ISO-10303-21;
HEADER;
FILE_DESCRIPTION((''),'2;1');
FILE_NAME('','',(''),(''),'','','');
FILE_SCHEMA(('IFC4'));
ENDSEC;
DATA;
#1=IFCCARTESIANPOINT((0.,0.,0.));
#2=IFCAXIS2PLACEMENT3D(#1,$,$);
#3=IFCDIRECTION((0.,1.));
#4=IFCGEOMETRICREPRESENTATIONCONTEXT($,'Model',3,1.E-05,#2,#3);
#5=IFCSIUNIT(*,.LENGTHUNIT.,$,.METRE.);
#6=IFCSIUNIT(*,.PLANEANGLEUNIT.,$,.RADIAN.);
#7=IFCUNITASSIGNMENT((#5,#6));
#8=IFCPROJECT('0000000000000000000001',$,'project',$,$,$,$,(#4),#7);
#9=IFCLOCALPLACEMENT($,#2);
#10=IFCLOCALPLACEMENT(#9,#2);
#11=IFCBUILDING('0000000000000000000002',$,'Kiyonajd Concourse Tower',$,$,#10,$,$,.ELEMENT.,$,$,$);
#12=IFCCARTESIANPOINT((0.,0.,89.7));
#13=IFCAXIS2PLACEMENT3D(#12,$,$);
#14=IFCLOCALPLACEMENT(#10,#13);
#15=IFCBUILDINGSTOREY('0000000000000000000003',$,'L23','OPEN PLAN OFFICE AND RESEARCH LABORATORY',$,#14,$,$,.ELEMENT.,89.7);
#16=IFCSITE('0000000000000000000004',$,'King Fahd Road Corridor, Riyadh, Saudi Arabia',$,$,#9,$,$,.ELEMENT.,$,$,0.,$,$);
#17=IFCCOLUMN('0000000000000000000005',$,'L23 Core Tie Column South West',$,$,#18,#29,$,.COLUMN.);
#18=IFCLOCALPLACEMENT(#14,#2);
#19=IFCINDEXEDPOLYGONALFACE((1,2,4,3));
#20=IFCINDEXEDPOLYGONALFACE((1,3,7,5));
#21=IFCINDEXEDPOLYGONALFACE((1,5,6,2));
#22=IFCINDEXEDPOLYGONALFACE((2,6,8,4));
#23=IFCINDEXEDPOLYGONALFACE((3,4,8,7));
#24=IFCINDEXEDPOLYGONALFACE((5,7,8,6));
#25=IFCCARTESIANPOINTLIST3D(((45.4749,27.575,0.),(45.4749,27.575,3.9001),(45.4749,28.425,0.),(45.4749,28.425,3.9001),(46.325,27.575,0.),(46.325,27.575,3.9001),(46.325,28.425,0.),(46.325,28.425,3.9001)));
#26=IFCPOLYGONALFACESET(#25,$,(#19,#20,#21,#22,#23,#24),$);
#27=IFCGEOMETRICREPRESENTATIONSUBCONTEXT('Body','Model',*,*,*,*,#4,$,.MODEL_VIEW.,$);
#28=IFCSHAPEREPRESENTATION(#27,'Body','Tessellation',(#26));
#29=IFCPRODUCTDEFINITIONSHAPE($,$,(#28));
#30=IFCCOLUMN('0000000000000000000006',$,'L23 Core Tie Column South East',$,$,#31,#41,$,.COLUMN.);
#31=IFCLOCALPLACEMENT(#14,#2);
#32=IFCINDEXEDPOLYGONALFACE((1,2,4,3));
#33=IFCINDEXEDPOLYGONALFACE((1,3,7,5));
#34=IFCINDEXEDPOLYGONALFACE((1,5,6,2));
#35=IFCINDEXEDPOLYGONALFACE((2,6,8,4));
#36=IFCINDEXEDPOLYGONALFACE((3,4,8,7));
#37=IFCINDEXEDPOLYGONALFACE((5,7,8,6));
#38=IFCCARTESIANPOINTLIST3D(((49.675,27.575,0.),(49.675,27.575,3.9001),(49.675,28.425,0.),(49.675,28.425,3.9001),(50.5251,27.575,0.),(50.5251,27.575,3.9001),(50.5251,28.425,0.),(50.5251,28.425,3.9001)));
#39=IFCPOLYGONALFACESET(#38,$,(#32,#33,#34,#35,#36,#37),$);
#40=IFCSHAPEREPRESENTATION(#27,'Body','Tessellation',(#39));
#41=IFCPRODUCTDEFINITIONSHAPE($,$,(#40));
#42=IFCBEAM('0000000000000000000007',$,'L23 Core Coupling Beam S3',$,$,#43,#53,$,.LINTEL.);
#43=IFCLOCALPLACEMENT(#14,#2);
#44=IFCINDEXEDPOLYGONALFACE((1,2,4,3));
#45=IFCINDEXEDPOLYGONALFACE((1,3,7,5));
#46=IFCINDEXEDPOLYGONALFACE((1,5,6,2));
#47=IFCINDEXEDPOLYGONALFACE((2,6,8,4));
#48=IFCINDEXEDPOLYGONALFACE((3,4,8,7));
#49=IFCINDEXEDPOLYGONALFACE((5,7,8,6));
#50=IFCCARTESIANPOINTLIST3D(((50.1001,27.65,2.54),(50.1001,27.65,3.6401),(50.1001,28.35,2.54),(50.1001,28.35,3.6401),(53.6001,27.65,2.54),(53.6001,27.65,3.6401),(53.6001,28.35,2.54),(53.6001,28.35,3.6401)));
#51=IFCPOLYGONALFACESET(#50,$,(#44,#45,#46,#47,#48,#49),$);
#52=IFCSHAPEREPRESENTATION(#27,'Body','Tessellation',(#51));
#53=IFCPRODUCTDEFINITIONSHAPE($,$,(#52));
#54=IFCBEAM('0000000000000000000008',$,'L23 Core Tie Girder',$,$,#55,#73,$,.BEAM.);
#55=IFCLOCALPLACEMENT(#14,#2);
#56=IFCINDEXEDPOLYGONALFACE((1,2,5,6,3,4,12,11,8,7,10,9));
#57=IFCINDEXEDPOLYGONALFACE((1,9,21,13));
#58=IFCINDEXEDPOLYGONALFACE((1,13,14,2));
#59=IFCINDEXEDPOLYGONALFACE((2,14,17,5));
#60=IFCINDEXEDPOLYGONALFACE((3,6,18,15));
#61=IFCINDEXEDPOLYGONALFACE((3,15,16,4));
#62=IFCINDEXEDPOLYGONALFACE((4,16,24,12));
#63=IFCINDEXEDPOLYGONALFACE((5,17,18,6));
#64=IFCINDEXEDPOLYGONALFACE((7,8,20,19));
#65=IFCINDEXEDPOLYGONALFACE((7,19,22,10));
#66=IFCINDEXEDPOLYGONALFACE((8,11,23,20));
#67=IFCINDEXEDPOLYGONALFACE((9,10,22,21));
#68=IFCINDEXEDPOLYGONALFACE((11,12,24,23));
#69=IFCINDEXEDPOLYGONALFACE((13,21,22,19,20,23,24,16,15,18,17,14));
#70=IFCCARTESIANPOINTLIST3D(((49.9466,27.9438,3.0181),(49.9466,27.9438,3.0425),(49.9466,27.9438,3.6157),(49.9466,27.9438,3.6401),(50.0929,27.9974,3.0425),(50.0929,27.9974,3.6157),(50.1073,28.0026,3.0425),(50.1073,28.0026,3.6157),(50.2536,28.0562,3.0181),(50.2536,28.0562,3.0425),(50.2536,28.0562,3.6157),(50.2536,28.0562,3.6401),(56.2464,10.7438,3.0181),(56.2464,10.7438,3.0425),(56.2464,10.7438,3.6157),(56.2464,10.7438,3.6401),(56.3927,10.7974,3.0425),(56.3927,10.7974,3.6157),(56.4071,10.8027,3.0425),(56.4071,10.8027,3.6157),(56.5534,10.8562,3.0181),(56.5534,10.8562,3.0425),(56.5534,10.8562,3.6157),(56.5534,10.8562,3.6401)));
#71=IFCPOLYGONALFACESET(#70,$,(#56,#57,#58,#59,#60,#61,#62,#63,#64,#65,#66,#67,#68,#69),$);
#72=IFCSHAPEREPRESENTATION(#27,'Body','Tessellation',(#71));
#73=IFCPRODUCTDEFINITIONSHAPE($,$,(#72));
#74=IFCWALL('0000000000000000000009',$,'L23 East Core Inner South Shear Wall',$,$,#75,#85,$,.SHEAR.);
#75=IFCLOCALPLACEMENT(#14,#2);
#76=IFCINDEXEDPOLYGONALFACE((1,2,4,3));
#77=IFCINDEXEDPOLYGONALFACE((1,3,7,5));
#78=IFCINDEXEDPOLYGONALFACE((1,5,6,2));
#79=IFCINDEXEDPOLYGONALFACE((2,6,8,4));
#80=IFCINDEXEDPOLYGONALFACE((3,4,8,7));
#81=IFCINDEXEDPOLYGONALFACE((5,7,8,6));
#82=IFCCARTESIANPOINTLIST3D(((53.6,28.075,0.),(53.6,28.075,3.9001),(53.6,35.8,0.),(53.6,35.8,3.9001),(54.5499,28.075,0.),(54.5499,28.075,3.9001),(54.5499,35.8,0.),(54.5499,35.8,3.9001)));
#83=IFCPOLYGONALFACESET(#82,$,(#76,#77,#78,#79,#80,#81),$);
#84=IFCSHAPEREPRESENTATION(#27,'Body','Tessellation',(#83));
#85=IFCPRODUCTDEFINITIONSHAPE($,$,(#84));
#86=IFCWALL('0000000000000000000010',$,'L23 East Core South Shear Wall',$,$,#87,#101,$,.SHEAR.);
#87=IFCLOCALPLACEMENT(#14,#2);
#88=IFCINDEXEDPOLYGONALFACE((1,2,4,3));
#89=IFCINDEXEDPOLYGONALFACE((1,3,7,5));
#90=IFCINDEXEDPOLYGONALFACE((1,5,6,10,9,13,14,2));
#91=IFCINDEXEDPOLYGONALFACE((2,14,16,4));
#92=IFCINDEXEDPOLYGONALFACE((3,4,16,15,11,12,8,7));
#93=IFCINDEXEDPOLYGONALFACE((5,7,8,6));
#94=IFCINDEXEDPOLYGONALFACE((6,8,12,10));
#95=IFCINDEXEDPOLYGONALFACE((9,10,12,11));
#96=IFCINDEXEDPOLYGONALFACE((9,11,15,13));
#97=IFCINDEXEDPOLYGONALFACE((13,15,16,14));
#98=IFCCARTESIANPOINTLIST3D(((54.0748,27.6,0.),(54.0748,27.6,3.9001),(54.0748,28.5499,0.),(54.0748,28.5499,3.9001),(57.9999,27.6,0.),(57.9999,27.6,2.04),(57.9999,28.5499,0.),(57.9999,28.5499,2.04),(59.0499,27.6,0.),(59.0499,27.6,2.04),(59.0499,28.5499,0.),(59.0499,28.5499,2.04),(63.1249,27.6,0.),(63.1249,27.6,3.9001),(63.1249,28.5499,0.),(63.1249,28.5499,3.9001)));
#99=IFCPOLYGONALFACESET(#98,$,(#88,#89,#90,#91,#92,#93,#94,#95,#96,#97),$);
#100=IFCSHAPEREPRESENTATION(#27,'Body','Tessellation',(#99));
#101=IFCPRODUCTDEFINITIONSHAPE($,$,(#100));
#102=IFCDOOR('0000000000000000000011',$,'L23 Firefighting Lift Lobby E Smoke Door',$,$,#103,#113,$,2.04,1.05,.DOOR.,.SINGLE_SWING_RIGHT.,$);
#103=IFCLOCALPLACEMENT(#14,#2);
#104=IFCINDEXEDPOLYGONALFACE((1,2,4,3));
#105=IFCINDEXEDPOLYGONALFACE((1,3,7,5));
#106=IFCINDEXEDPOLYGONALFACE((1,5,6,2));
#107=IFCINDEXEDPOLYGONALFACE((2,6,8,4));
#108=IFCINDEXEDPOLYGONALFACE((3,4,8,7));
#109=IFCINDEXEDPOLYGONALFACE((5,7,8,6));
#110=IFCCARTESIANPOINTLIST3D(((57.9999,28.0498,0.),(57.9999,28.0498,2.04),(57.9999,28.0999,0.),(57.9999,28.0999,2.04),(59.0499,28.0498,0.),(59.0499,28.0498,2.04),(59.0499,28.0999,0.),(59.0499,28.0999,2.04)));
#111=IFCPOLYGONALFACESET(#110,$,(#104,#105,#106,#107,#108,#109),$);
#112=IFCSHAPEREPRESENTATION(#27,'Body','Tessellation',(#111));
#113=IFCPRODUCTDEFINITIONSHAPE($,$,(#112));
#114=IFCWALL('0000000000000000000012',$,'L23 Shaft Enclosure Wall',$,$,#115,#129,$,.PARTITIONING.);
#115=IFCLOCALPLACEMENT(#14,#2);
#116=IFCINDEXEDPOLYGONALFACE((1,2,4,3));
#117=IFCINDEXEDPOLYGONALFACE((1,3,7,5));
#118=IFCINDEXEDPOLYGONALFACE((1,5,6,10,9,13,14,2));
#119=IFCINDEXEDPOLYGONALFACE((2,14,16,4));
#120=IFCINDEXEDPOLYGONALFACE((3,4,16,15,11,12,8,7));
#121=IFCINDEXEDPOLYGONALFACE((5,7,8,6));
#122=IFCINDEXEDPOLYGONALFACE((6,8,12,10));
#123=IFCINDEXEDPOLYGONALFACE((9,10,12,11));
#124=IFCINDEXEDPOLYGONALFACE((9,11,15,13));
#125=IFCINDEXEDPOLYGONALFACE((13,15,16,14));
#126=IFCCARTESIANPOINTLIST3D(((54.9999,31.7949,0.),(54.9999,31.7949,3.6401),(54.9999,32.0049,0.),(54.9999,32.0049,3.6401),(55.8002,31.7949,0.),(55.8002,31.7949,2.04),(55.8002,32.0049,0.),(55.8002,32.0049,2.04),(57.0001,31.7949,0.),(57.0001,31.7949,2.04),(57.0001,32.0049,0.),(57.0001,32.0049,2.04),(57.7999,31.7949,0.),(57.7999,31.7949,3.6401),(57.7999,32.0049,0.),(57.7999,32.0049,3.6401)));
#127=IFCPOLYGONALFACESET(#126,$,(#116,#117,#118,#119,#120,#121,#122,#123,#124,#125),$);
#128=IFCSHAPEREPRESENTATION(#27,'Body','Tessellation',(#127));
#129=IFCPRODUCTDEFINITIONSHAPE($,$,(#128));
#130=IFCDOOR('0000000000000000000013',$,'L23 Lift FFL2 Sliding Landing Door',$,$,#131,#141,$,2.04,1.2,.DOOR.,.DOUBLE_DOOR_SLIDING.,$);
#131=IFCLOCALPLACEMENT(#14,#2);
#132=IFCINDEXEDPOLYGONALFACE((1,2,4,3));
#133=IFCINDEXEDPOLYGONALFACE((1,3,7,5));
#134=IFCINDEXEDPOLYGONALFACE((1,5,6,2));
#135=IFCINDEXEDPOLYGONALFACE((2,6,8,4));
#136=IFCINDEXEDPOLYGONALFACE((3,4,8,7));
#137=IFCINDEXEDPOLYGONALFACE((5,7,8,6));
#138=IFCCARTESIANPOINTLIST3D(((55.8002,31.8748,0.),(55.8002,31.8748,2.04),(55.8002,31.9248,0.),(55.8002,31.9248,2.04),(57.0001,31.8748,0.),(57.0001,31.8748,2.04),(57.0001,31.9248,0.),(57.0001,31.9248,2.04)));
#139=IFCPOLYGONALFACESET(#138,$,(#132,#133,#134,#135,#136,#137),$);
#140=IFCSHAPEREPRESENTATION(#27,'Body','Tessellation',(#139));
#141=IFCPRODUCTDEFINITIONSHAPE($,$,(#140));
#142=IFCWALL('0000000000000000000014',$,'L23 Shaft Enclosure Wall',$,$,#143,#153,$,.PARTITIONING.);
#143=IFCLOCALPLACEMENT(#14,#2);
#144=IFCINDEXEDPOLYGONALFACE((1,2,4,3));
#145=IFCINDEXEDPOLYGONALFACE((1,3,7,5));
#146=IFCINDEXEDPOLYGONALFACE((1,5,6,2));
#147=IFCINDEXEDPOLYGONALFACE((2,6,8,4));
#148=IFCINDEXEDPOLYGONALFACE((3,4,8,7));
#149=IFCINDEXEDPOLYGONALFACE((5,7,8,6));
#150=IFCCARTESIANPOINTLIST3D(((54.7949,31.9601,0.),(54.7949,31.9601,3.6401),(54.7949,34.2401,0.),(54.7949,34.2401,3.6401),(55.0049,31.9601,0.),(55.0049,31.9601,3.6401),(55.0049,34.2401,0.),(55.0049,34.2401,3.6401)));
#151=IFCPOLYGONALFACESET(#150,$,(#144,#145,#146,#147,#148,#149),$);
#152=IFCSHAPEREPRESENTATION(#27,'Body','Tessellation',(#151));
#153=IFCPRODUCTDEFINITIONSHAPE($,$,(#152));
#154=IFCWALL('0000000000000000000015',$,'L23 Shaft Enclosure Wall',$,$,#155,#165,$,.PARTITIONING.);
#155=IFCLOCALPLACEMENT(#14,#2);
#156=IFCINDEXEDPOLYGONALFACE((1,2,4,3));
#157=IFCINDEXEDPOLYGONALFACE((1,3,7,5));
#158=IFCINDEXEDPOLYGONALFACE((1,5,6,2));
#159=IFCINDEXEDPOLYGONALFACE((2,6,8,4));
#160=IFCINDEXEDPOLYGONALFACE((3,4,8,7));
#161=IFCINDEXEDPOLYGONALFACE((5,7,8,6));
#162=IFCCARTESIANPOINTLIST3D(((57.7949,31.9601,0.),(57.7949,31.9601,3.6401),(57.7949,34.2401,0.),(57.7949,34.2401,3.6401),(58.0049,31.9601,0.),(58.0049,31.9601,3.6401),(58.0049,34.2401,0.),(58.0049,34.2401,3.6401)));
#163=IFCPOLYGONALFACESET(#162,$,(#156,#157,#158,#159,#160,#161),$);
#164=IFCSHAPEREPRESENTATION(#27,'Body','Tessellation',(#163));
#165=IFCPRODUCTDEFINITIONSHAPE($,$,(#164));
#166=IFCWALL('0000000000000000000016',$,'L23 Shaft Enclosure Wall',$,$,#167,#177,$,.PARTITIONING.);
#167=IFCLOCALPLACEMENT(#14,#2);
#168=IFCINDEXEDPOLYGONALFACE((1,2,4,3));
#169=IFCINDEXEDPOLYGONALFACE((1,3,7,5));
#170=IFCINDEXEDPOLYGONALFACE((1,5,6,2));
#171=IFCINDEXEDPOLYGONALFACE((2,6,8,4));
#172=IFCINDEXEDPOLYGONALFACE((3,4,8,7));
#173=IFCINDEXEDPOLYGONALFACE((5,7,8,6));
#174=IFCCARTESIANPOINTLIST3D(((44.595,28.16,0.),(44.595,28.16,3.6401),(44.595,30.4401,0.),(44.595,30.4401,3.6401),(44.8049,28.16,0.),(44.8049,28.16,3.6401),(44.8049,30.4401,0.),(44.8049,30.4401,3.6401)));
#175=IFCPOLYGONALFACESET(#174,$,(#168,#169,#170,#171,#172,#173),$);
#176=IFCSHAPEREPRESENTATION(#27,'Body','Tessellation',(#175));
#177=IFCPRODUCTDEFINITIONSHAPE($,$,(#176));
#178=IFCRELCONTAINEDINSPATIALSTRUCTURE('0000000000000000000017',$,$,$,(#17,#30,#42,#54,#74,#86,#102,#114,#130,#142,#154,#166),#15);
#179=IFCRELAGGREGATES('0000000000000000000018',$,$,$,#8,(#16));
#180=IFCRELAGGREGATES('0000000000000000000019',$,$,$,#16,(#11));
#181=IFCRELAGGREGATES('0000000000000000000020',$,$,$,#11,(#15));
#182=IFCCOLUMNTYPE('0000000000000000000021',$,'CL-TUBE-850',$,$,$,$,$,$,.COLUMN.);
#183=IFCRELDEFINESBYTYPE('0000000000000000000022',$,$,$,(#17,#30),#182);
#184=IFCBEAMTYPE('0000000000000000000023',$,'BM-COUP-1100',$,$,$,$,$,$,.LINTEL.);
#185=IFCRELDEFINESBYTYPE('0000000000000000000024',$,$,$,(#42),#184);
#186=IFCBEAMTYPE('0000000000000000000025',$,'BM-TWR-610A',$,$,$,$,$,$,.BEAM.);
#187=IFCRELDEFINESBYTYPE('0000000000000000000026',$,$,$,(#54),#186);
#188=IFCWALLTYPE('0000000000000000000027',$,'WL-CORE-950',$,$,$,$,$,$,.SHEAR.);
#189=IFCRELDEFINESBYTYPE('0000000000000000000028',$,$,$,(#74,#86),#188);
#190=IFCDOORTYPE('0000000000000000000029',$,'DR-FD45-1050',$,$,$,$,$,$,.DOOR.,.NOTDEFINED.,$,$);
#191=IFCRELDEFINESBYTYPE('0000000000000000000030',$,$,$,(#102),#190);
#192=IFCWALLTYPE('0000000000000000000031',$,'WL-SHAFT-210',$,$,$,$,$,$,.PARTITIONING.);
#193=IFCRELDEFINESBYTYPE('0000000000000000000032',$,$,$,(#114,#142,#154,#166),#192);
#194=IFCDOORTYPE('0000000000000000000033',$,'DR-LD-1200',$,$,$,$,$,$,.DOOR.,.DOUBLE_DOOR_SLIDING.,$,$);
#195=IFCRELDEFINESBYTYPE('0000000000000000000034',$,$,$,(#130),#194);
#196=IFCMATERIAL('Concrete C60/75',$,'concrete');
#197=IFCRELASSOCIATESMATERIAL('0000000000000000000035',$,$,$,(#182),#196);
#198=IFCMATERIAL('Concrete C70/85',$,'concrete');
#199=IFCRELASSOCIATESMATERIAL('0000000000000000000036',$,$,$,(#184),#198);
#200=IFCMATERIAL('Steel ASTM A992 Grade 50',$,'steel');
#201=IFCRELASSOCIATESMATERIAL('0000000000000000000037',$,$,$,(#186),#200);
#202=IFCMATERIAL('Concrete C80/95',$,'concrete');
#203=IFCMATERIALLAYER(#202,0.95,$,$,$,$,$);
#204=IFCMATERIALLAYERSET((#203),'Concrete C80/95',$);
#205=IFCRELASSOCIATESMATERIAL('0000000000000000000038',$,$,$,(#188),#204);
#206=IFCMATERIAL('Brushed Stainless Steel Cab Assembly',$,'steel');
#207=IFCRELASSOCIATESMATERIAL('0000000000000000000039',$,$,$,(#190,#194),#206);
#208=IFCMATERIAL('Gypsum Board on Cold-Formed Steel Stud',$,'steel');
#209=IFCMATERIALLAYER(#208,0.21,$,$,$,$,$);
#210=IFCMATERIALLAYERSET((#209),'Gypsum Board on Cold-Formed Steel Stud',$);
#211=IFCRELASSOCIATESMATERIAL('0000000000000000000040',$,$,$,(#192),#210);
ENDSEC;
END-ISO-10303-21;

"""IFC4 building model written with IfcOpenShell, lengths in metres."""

from ifc_helpers import new_model, si_unit, direction, frame, frame_2d, origin, origin_2d, place, context, subcontext, project, spatial, rectangle, i_section, extrude, material, layer, layer_set, material_profile, profile_set, type_object, element, fill, save


model = new_model("IFC4")

# Units and contexts
model_context = context("Model", 3, precision=1e-05, world=origin(), true_north=direction((0.0, 1.0)))
body_context = subcontext(model_context, "Body", "Model", "MODEL_VIEW")
ifc_project = project(units=[si_unit("LENGTHUNIT", "METRE"), si_unit("PLANEANGLEUNIT", "RADIAN")], contexts=[model_context])

# Site, building, storey
site_placement = place(None, origin())
site = spatial("IfcSite", under=ifc_project, at=site_placement, Name="King Fahd Road Corridor, Riyadh, Saudi Arabia", CompositionType="ELEMENT", RefElevation=0.0)
building_placement = place(site_placement, origin())
building = spatial("IfcBuilding", under=site, at=building_placement, Name="Kiyonajd Concourse Tower", CompositionType="ELEMENT")
storey_placement = place(building_placement, frame((0.0, 0.0, 89.7)))
storey = spatial("IfcBuildingStorey", under=building, at=storey_placement, Name="L23", Description="OPEN PLAN OFFICE AND RESEARCH LABORATORY", CompositionType="ELEMENT", Elevation=89.7)

# Columns
ifc_material_1 = material(Name="Concrete C60/75", Category="concrete")
ifc_material_profile_1 = material_profile(ifc_material_1, rectangle(XDim=0.8501, YDim=0.8501, at=origin_2d()), Name="RC-850x850")
ifc_profile_set_1 = profile_set([ifc_material_profile_1], Name="Concrete C60/75")
column_type = type_object("IfcColumnType", Name="CL-TUBE-850", PredefinedType="COLUMN", material=ifc_profile_set_1)
for number, where, z_axis, x_axis, name in (
    (1, (45.8999, 28.0, 0.0), (0.0, 0.0, 1.0), (1.0, 0.0, 0.0), "L23 Core Tie Column South West"),
    (2, (50.1001, 28.0, 0.0), (0.0, 0.0, 1.0), (1.0, 0.0, 0.0), "L23 Core Tie Column South East"),
):
    element("IfcColumn", number, at=place(storey_placement, frame(where, z_axis=z_axis, x_axis=x_axis)), inside=storey, type_object=column_type, Name=name, PredefinedType="COLUMN", context=body_context, shape_type="SweptSolid", body=[
        extrude(rectangle(XDim=0.8501, YDim=0.8501, at=origin_2d()), origin(), (0.0, 0.0, 1.0), 3.9001),
    ])

# Beams
ifc_material_2 = material(Name="Concrete C70/85", Category="concrete")
ifc_material_profile_2 = material_profile(ifc_material_2, rectangle(XDim=0.7, YDim=1.1001, at=origin_2d()), Name="RCBM-700x1100")
ifc_profile_set_2 = profile_set([ifc_material_profile_2], Name="Concrete C70/85")
beam_type_1 = type_object("IfcBeamType", Name="BM-COUP-1100", PredefinedType="LINTEL", material=ifc_profile_set_2)
beam_1_placement = place(storey_placement, frame((50.1001, 28.0, 3.0901), z_axis=(1.0, 0.0, 0.0), x_axis=(0.0, 1.0, 0.0)))
element("IfcBeam", 3, at=beam_1_placement, inside=storey, type_object=beam_type_1, Name="L23 Core Coupling Beam S3", PredefinedType="LINTEL", context=body_context, shape_type="SweptSolid", body=[
    extrude(rectangle(XDim=0.7, YDim=1.1001, at=origin_2d()), origin(), (0.0, 0.0, 1.0), 3.5),
])
ifc_material_3 = material(Name="Steel ASTM A992 Grade 50", Category="steel")
ifc_material_profile_3 = material_profile(ifc_material_3, i_section(OverallWidth=0.3269, OverallDepth=0.6221, WebThickness=0.0154, FlangeThickness=0.0244, at=origin_2d()), Name="W610X195")
ifc_profile_set_3 = profile_set([ifc_material_profile_3], Name="Steel ASTM A992 Grade 50")
beam_type_2 = type_object("IfcBeamType", Name="BM-TWR-610A", PredefinedType="BEAM", material=ifc_profile_set_3)
beam_2_placement = place(storey_placement, frame((50.1001, 28.0, 3.3291), z_axis=(0.343925, -0.938997, 0.0), x_axis=(0.938997, 0.343925, 0.0)))
element("IfcBeam", 4, at=beam_2_placement, inside=storey, type_object=beam_type_2, Name="L23 Core Tie Girder", PredefinedType="BEAM", context=body_context, shape_type="SweptSolid", body=[
    extrude(i_section(OverallWidth=0.3269, OverallDepth=0.6221, WebThickness=0.0154, FlangeThickness=0.0244, at=origin_2d()), origin(), (0.0, 0.0, 1.0), 18.3174),
])

# Wall
ifc_material_4 = material(Name="Concrete C80/95", Category="concrete")
ifc_layer_1 = layer(ifc_material_4, 0.95)
ifc_layer_set_1 = layer_set([ifc_layer_1], Name="Concrete C80/95")
wall_type_1 = type_object("IfcWallType", Name="WL-CORE-950", PredefinedType="SHEAR", material=ifc_layer_set_1)
wall_1_placement = place(storey_placement, frame((54.075, 28.075, 0.0), z_axis=(0.0, 0.0, 1.0), x_axis=(0.0, 1.0, 0.0)))
element("IfcWall", 5, at=wall_1_placement, inside=storey, type_object=wall_type_1, Name="L23 East Core Inner South Shear Wall", PredefinedType="SHEAR", context=body_context, shape_type="SweptSolid", body=[
    extrude(rectangle(XDim=7.7251, YDim=0.95, at=frame_2d((3.8625, 0.0))), origin(), (0.0, 0.0, 1.0), 3.9001),
])

# Walls, openings, doors
wall_2_placement = place(storey_placement, frame((54.075, 28.075, 0.0), z_axis=(0.0, 0.0, 1.0), x_axis=(1.0, 0.0, 0.0)))
wall_2 = element("IfcWall", 6, at=wall_2_placement, inside=storey, type_object=wall_type_1, Name="L23 East Core South Shear Wall", PredefinedType="SHEAR", context=body_context, shape_type="SweptSolid", body=[
    extrude(rectangle(XDim=9.05, YDim=0.95, at=frame_2d((4.5249, 0.0))), origin(), (0.0, 0.0, 1.0), 3.9001),
])
opening_1_placement = place(wall_2_placement, frame((3.925, 0.0, 0.0)))
opening_1 = element("IfcOpeningElement", 7, at=opening_1_placement, cuts=wall_2, PredefinedType="OPENING", context=body_context, shape_type="SweptSolid", body=[
    extrude(rectangle(XDim=1.05, YDim=2.04, at=frame_2d((0.5249, 1.02))), frame((0.0, 0.4849, 0.0), z_axis=(0.0, -1.0, 0.0), x_axis=(1.0, 0.0, 0.0)), (0.0, 0.0, 1.0), 0.97),
])
ifc_material_5 = material(Name="Brushed Stainless Steel Cab Assembly", Category="steel")
door_type_1 = type_object("IfcDoorType", Name="DR-FD45-1050", OperationType="NOTDEFINED", PredefinedType="DOOR", material=ifc_material_5)
door_1_placement = place(opening_1_placement, origin())
door_1 = element("IfcDoor", 8, at=door_1_placement, inside=storey, type_object=door_type_1, Name="L23 Firefighting Lift Lobby E Smoke Door", OperationType="SINGLE_SWING_RIGHT", OverallHeight=2.04, OverallWidth=1.05, PredefinedType="DOOR", context=body_context, shape_type="SweptSolid", body=[
    extrude(rectangle(XDim=1.05, YDim=2.04, at=frame_2d((0.5249, 1.02))), frame((0.0, 0.0249, 0.0), z_axis=(0.0, -1.0, 0.0), x_axis=(1.0, 0.0, 0.0)), (0.0, 0.0, 1.0), 0.05),
])
fill(opening_1, door_1)
ifc_material_6 = material(Name="Gypsum Board on Cold-Formed Steel Stud", Category="steel")
ifc_layer_2 = layer(ifc_material_6, 0.21)
ifc_layer_set_2 = layer_set([ifc_layer_2], Name="Gypsum Board on Cold-Formed Steel Stud")
wall_type_2 = type_object("IfcWallType", Name="WL-SHAFT-210", PredefinedType="PARTITIONING", material=ifc_layer_set_2)
wall_3_placement = place(storey_placement, frame((55.0, 31.8999, 0.0), z_axis=(0.0, 0.0, 1.0), x_axis=(1.0, 0.0, 0.0)))
wall_3 = element("IfcWall", 9, at=wall_3_placement, inside=storey, type_object=wall_type_2, Name="L23 Shaft Enclosure Wall", PredefinedType="PARTITIONING", context=body_context, shape_type="SweptSolid", body=[
    extrude(rectangle(XDim=2.8, YDim=0.21, at=frame_2d((1.3999, 0.0))), origin(), (0.0, 0.0, 1.0), 3.6401),
])
opening_2_placement = place(wall_3_placement, frame((0.8, 0.0, 0.0)))
opening_2 = element("IfcOpeningElement", 10, at=opening_2_placement, cuts=wall_3, PredefinedType="OPENING", context=body_context, shape_type="SweptSolid", body=[
    extrude(rectangle(XDim=1.2, YDim=2.04, at=frame_2d((0.6001, 1.02))), frame((0.0, 0.115, 0.0), z_axis=(0.0, -1.0, 0.0), x_axis=(1.0, 0.0, 0.0)), (0.0, 0.0, 1.0), 0.23),
])
door_type_2 = type_object("IfcDoorType", Name="DR-LD-1200", OperationType="DOUBLE_DOOR_SLIDING", PredefinedType="DOOR", material=ifc_material_5)
door_2_placement = place(opening_2_placement, origin())
door_2 = element("IfcDoor", 11, at=door_2_placement, inside=storey, type_object=door_type_2, Name="L23 Lift FFL2 Sliding Landing Door", OperationType="DOUBLE_DOOR_SLIDING", OverallHeight=2.04, OverallWidth=1.2, PredefinedType="DOOR", context=body_context, shape_type="SweptSolid", body=[
    extrude(rectangle(XDim=1.2, YDim=2.04, at=frame_2d((0.6001, 1.02))), frame((0.0, 0.0249, 0.0), z_axis=(0.0, -1.0, 0.0), x_axis=(1.0, 0.0, 0.0)), (0.0, 0.0, 1.0), 0.05),
])
fill(opening_2, door_2)

# Walls
for number, where, z_axis, x_axis, name in (
    (12, (54.8999, 31.96, 0.0), (0.0, 0.0, 1.0), (0.0, 1.0, 0.0), "L23 Shaft Enclosure Wall"),
    (13, (57.8999, 31.96, 0.0), (0.0, 0.0, 1.0), (0.0, 1.0, 0.0), "L23 Shaft Enclosure Wall"),
    (14, (44.7, 28.1599, 0.0), (0.0, 0.0, 1.0), (0.0, 1.0, 0.0), "L23 Shaft Enclosure Wall"),
):
    element("IfcWall", number, at=place(storey_placement, frame(where, z_axis=z_axis, x_axis=x_axis)), inside=storey, type_object=wall_type_2, Name=name, PredefinedType="PARTITIONING", context=body_context, shape_type="SweptSolid", body=[
        extrude(rectangle(XDim=2.28, YDim=0.21, at=frame_2d((1.1401, 0.0))), origin(), (0.0, 0.0, 1.0), 3.6401),
    ])

save(model, "model.ifc")
